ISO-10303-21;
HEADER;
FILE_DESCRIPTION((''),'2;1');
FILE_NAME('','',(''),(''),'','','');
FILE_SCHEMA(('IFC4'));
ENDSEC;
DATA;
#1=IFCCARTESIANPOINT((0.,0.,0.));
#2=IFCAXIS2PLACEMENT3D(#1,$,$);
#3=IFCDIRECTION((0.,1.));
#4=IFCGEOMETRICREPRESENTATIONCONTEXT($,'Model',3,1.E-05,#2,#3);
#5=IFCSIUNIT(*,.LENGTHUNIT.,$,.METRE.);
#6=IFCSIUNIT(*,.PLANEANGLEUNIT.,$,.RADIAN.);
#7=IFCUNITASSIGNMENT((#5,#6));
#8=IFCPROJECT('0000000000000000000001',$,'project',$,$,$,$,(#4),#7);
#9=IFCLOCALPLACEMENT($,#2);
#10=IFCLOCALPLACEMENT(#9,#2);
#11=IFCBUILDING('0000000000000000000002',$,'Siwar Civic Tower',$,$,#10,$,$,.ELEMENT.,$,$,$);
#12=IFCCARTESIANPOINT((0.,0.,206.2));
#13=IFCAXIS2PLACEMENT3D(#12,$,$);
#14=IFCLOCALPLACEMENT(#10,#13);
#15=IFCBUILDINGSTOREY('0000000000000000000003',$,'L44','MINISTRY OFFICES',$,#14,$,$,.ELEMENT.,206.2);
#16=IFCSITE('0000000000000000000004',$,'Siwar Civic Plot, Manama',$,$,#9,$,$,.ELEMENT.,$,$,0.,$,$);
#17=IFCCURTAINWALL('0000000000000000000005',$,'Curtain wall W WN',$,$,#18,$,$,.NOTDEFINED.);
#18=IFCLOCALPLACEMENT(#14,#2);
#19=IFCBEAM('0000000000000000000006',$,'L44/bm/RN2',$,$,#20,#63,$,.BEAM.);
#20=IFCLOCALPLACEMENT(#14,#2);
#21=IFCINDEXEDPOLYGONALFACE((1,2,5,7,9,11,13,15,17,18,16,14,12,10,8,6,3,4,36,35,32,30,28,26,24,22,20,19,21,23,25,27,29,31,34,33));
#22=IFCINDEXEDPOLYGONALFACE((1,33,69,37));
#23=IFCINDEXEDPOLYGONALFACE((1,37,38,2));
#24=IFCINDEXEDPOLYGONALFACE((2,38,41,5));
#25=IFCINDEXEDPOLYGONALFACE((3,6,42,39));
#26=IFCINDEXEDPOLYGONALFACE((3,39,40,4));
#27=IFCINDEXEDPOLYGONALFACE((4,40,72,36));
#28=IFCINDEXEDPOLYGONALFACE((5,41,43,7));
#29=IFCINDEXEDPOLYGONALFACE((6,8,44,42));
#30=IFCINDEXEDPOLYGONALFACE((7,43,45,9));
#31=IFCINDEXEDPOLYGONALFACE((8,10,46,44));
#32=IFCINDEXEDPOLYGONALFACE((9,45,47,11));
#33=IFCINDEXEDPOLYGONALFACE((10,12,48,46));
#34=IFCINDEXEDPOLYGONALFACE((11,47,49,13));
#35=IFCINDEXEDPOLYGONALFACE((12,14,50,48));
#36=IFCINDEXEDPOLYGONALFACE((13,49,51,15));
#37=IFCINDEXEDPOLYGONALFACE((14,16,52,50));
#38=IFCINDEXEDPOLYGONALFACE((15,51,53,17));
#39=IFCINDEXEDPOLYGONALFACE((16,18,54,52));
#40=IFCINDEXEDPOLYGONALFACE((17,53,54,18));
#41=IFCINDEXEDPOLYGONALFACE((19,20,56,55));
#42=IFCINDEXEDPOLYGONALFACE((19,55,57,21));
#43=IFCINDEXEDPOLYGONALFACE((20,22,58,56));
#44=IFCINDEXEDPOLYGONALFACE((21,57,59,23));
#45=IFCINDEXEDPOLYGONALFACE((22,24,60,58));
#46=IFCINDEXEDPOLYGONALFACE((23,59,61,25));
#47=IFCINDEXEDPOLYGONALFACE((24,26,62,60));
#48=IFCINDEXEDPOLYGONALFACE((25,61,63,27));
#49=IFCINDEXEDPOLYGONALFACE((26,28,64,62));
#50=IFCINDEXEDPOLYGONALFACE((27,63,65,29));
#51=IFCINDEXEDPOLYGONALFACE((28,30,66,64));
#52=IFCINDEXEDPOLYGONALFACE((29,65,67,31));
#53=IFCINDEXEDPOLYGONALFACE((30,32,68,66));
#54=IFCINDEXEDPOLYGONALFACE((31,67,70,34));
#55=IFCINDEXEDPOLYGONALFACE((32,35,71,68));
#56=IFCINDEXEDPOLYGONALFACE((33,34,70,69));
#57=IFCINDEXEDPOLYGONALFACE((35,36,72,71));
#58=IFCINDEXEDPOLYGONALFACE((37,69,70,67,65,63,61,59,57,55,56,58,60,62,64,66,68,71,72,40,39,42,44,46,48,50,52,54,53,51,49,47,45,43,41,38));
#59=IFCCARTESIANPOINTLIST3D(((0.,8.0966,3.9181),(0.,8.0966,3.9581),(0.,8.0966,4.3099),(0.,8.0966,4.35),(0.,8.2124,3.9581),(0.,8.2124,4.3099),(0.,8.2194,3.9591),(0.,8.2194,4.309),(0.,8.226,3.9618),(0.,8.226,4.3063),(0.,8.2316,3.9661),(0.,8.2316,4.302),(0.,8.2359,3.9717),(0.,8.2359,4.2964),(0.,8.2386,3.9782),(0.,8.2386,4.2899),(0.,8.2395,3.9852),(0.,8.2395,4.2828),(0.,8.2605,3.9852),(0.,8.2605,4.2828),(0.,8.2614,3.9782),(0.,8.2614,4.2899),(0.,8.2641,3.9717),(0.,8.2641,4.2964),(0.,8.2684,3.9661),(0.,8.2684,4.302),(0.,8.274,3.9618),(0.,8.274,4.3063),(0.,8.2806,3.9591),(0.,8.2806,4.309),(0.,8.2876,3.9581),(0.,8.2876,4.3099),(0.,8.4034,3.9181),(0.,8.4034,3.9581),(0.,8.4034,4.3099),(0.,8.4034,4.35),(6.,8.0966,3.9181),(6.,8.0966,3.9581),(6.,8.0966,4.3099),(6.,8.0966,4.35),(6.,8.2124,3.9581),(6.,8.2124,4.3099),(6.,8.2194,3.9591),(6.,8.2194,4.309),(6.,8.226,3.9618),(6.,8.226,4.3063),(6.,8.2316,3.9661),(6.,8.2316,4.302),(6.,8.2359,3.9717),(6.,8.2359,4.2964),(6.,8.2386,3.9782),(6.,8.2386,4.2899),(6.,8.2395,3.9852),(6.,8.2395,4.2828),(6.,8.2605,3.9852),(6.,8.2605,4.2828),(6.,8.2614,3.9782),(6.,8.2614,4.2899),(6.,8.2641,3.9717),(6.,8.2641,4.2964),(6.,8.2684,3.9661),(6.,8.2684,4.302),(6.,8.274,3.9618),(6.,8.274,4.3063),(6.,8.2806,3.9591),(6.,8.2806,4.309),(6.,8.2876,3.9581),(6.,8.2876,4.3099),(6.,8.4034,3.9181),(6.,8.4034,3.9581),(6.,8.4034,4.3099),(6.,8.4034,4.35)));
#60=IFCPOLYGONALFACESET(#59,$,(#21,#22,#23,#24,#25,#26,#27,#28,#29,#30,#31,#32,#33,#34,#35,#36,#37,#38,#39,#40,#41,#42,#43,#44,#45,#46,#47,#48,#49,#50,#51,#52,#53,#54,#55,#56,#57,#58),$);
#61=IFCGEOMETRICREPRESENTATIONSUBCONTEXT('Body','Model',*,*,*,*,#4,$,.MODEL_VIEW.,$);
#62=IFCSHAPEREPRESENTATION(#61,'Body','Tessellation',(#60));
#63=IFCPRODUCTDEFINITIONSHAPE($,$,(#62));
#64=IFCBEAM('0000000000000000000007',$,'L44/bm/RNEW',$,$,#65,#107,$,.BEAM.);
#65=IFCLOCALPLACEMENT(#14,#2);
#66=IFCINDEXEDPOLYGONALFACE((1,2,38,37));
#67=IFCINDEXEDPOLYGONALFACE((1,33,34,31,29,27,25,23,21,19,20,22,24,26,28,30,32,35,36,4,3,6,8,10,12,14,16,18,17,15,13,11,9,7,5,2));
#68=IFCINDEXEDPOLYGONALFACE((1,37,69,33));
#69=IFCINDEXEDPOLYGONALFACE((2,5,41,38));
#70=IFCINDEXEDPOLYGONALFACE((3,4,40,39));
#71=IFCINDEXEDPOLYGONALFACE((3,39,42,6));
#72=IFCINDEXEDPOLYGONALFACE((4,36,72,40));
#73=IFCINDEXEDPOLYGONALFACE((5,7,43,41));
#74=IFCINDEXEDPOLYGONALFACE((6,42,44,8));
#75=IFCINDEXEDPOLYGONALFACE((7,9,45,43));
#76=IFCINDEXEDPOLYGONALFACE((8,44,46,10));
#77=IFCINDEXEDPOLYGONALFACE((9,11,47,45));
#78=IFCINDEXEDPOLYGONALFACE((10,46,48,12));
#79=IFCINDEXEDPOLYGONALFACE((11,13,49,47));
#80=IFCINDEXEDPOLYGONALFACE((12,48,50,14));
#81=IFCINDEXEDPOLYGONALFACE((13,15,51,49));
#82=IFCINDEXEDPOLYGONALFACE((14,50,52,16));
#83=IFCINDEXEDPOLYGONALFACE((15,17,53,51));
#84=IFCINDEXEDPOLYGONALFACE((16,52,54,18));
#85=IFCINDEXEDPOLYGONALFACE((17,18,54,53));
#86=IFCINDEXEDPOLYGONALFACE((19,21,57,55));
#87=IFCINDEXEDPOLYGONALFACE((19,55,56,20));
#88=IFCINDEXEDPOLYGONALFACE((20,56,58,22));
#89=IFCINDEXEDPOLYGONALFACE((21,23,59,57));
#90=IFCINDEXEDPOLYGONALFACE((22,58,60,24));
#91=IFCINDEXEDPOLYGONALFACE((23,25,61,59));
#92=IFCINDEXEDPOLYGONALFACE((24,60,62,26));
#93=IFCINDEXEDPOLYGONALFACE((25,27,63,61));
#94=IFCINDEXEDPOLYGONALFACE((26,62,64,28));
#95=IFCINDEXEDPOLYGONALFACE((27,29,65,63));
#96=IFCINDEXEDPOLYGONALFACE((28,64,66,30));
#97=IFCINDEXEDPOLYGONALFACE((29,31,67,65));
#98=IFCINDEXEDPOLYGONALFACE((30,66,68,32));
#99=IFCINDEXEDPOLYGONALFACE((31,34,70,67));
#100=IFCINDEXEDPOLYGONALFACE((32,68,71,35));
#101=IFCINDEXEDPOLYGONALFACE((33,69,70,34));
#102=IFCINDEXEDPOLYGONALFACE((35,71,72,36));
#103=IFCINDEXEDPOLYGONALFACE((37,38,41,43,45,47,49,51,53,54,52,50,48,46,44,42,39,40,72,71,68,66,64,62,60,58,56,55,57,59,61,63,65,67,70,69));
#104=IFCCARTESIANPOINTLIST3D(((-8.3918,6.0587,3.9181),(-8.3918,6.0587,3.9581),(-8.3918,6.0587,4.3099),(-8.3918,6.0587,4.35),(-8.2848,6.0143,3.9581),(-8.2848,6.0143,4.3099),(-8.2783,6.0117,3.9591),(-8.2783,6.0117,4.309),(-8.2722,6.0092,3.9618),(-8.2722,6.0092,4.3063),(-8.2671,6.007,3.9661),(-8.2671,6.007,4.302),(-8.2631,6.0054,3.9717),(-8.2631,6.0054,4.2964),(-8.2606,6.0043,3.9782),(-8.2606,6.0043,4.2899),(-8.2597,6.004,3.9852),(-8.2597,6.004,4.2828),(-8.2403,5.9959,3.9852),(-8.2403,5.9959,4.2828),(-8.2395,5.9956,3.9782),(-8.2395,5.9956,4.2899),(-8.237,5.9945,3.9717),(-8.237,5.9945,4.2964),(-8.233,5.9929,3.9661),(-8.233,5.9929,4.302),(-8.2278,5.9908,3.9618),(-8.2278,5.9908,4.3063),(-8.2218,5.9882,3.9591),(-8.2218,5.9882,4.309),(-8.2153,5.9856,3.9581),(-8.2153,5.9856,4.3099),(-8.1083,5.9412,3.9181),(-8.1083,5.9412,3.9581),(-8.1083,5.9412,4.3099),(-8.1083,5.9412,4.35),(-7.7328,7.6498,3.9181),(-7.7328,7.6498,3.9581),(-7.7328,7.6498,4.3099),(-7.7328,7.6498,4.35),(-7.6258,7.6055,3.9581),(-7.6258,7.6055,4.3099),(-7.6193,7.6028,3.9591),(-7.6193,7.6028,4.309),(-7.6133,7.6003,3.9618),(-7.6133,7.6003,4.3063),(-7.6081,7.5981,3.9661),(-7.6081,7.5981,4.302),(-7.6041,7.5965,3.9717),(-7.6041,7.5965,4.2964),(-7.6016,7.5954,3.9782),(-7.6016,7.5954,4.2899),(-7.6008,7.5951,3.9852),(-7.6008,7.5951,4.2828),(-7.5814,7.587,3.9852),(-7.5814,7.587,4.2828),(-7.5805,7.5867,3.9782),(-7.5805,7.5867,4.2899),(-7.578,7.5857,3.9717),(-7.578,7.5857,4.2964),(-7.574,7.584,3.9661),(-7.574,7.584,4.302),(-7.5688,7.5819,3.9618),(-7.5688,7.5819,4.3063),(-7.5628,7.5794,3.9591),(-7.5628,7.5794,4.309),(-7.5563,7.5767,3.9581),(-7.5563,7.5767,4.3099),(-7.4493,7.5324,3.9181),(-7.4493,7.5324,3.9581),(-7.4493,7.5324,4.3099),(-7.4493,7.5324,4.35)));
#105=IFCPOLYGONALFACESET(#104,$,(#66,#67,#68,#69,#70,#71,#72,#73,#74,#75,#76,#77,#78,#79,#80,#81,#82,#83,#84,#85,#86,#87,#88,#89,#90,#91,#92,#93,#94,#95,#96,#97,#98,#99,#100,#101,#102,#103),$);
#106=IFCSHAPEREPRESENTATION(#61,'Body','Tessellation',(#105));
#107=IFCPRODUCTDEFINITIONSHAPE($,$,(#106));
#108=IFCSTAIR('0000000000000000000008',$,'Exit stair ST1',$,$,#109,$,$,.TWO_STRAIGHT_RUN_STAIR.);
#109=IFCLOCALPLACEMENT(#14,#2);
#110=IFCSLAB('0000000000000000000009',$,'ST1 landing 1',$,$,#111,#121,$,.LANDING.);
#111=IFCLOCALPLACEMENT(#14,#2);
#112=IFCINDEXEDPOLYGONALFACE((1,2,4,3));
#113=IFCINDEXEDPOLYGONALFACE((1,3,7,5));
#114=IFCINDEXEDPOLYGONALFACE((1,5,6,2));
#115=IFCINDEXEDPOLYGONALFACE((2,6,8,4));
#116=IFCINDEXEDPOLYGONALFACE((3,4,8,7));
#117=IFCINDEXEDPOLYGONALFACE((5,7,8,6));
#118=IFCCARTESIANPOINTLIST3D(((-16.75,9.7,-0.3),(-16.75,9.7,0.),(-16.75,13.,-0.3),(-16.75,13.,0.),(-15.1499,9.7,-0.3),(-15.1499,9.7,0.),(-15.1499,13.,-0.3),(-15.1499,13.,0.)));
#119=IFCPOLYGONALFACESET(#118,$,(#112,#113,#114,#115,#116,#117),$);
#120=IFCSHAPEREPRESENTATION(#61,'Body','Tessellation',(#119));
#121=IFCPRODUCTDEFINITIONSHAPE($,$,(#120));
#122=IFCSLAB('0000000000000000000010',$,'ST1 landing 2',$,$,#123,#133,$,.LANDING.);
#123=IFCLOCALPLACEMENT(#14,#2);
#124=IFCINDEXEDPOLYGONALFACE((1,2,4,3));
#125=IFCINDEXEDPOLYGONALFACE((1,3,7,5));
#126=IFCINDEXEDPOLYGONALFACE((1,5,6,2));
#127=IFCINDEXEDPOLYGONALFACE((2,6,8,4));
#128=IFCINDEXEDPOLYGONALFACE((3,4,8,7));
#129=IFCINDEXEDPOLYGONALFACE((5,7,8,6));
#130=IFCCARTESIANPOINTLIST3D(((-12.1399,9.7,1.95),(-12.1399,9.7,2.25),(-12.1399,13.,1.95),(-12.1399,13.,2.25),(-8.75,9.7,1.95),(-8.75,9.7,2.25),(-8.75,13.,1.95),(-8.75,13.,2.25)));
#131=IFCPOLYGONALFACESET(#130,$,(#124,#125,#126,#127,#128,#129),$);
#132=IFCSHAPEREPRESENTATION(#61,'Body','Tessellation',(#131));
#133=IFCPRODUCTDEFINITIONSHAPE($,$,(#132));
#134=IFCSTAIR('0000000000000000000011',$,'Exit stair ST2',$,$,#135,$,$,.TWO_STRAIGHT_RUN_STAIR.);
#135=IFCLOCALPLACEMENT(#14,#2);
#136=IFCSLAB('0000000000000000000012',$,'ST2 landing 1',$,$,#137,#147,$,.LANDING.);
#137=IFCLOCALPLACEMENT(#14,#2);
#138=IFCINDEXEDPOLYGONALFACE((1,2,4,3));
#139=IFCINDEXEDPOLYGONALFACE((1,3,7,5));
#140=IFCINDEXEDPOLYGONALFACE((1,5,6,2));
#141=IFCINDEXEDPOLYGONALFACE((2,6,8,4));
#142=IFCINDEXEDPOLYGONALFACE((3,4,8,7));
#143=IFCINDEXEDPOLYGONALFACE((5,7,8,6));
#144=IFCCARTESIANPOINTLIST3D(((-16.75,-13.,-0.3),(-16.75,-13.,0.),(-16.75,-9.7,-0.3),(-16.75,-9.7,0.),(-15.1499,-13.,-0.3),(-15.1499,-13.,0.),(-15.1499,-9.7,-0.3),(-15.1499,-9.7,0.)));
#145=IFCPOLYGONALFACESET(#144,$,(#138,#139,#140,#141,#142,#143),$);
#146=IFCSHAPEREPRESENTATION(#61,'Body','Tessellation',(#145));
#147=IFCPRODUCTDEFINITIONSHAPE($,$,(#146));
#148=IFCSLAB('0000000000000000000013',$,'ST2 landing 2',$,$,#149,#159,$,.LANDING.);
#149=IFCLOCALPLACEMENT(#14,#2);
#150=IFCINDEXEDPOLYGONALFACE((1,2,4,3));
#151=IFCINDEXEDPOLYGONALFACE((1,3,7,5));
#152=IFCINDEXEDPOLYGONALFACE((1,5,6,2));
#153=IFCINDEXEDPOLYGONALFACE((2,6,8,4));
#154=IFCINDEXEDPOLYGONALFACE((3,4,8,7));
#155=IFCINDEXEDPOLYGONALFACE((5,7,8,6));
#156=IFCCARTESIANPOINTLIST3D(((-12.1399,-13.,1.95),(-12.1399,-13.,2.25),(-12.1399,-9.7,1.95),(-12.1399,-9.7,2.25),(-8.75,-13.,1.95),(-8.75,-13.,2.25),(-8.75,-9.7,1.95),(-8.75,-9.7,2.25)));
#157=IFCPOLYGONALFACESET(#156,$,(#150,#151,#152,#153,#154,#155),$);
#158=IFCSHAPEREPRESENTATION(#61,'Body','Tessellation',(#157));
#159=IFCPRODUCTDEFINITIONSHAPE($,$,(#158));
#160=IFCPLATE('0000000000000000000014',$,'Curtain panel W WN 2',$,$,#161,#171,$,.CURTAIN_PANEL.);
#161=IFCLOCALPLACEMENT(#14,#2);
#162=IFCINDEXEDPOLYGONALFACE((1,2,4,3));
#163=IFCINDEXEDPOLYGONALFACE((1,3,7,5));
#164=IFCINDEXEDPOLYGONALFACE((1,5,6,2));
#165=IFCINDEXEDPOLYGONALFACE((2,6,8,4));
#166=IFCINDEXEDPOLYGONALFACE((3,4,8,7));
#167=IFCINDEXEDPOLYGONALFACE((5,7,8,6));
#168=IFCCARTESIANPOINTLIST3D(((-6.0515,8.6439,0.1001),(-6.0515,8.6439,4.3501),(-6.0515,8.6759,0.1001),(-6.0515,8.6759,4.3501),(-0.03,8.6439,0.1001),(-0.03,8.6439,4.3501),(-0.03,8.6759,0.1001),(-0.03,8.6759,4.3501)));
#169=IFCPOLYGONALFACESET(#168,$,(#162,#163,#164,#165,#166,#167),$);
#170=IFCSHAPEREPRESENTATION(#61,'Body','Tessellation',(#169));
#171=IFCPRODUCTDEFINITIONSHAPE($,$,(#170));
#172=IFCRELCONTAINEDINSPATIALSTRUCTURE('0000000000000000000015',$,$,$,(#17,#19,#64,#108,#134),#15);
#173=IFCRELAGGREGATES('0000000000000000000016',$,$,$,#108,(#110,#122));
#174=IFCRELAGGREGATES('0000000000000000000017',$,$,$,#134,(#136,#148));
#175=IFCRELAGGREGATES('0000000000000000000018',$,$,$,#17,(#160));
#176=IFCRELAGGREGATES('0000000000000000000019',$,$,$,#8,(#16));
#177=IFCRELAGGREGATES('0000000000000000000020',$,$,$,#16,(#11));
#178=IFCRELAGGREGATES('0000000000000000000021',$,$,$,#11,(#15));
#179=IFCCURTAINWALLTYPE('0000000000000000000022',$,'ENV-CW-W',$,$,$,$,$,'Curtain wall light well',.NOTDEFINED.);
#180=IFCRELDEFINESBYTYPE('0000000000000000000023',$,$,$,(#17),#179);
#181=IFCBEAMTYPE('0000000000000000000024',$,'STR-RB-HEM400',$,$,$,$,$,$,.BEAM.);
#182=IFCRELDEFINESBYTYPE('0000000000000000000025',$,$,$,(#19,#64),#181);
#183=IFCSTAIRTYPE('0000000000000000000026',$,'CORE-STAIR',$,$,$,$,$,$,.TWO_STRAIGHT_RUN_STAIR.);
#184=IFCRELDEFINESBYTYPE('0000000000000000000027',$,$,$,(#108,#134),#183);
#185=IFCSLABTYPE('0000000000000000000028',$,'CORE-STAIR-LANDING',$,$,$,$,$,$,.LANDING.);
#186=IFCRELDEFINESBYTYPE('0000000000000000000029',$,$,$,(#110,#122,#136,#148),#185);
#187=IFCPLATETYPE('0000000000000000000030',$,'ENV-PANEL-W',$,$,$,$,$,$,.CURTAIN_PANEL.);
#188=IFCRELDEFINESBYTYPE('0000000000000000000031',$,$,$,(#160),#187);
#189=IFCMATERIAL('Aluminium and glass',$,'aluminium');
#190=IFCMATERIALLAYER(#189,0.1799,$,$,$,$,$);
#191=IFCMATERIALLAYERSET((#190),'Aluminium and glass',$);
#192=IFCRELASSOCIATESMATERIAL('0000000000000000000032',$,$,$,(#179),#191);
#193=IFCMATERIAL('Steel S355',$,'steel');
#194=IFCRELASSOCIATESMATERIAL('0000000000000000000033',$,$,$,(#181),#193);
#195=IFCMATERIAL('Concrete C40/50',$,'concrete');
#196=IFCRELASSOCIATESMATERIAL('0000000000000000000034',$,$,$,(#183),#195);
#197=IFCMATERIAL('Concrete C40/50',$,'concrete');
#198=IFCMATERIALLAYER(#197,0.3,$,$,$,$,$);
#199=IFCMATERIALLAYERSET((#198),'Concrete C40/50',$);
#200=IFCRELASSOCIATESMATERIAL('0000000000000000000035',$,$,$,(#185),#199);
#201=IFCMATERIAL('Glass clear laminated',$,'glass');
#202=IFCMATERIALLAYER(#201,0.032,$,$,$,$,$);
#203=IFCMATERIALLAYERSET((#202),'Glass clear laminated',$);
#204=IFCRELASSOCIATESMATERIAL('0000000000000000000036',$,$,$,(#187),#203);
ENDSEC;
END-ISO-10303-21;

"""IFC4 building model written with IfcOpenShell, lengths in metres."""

from ifc_helpers import new_model, si_unit, direction, frame, origin, origin_2d, place, context, subcontext, project, spatial, polyline, rectangle, i_section, outline, extrude, material, layer, layer_set, material_profile, profile_set, type_object, element, aggregate, save


model = new_model("IFC4")

# Units and contexts
model_context = context("Model", 3, precision=1e-05, world=origin(), true_north=direction((0.0, 1.0)))
body_context = subcontext(model_context, "Body", "Model", "MODEL_VIEW")
ifc_project = project(units=[si_unit("LENGTHUNIT", "METRE"), si_unit("PLANEANGLEUNIT", "RADIAN")], contexts=[model_context])

# Site, building, storey
site_placement = place(None, origin())
site = spatial("IfcSite", under=ifc_project, at=site_placement, Name="Siwar Civic Plot, Manama", CompositionType="ELEMENT", RefElevation=0.0)
building_placement = place(site_placement, origin())
building = spatial("IfcBuilding", under=site, at=building_placement, Name="Siwar Civic Tower", CompositionType="ELEMENT")
storey_placement = place(building_placement, frame((0.0, 0.0, 206.2)))
storey = spatial("IfcBuildingStorey", under=building, at=storey_placement, Name="L44", Description="MINISTRY OFFICES", CompositionType="ELEMENT", Elevation=206.2)

# Curtain wall
ifc_material_1 = material(Name="Aluminium and glass", Category="aluminium")
ifc_layer_1 = layer(ifc_material_1, 0.1799)
ifc_layer_set_1 = layer_set([ifc_layer_1], Name="Aluminium and glass")
curtain_wall_type = type_object("IfcCurtainWallType", Name="ENV-CW-W", ElementType="Curtain wall light well", PredefinedType="NOTDEFINED", material=ifc_layer_set_1)
curtain_wall_placement = place(storey_placement, origin())
curtain_wall = element("IfcCurtainWall", 1, at=curtain_wall_placement, inside=storey, type_object=curtain_wall_type, Name="Curtain wall W WN", PredefinedType="NOTDEFINED")

# Beams
ifc_material_2 = material(Name="Steel S355", Category="steel")
ifc_material_profile_1 = material_profile(ifc_material_2, i_section(OverallWidth=0.3069, OverallDepth=0.4319, WebThickness=0.021, FlangeThickness=0.04, FilletRadius=0.0271, at=origin_2d()), Name="HEM400")
ifc_profile_set_1 = profile_set([ifc_material_profile_1], Name="Steel S355")
beam_type_1 = type_object("IfcBeamType", Name="STR-RB-HEM400", PredefinedType="BEAM", material=ifc_profile_set_1)
for number, where, z_axis, x_axis, name in (
    (2, (0.0, 8.25, 4.134), (1.0, 0.0, 0.0), (0.0, 1.0, 0.0), "L44/bm/RN2"),
):
    element("IfcBeam", number, at=place(storey_placement, frame(where, z_axis=z_axis, x_axis=x_axis)), inside=storey, type_object=beam_type_1, Name=name, PredefinedType="BEAM", context=body_context, shape_type="SweptSolid", body=[
        extrude(i_section(OverallWidth=0.3069, OverallDepth=0.4319, WebThickness=0.021, FlangeThickness=0.04, FilletRadius=0.0271, at=origin_2d()), origin(), (0.0, 0.0, 1.0), 6.0),
    ])
beam_1_placement = place(storey_placement, frame((-7.5911, 7.5911, 4.134), z_axis=(-0.382631, -0.923901, 0.0), x_axis=(0.923901, -0.382631, 0.0)))
element("IfcBeam", 3, at=beam_1_placement, inside=storey, type_object=beam_type_1, Name="L44/bm/RNEW", PredefinedType="BEAM", context=body_context, shape_type="SweptSolid", body=[
    extrude(i_section(OverallWidth=0.3069, OverallDepth=0.4319, WebThickness=0.021, FlangeThickness=0.04, FilletRadius=0.0271, at=origin_2d()), origin(), (0.0, 0.0, 1.0), 1.7222),
])

# Stairs, slabs
ifc_material_3 = material(Name="Concrete C40/50", Category="concrete")
stair_type = type_object("IfcStairType", Name="CORE-STAIR", PredefinedType="TWO_STRAIGHT_RUN_STAIR", material=ifc_material_3)
stair_1_placement = place(storey_placement, origin())
stair_1 = element("IfcStair", 4, at=stair_1_placement, inside=storey, type_object=stair_type, Name="Exit stair ST1", PredefinedType="TWO_STRAIGHT_RUN_STAIR")
ifc_material_4 = material(Name="Concrete C40/50", Category="concrete")
ifc_layer_2 = layer(ifc_material_4, 0.3)
ifc_layer_set_2 = layer_set([ifc_layer_2], Name="Concrete C40/50")
slab_type_1 = type_object("IfcSlabType", Name="CORE-STAIR-LANDING", PredefinedType="LANDING", material=ifc_layer_set_2)
slab_1_placement = place(storey_placement, frame((0.0, 0.0, -0.3)))
slab_1 = element("IfcSlab", 5, at=slab_1_placement, type_object=slab_type_1, Name="ST1 landing 1", PredefinedType="LANDING", context=body_context, shape_type="SweptSolid", body=[
    extrude(outline(polyline([(-15.1499, 13.0), (-16.75, 13.0), (-16.75, 9.7), (-15.1499, 9.7), (-15.1499, 13.0)])), origin(), (0.0, 0.0, 1.0), 0.3),
])
slab_2_placement = place(storey_placement, frame((0.0, 0.0, 1.95)))
slab_2 = element("IfcSlab", 6, at=slab_2_placement, type_object=slab_type_1, Name="ST1 landing 2", PredefinedType="LANDING", context=body_context, shape_type="SweptSolid", body=[
    extrude(outline(polyline([(-8.75, 13.0), (-12.1399, 13.0), (-12.1399, 9.7), (-8.75, 9.7), (-8.75, 13.0)])), origin(), (0.0, 0.0, 1.0), 0.3),
])
aggregate(stair_1, [slab_1, slab_2])
stair_2_placement = place(storey_placement, origin())
stair_2 = element("IfcStair", 7, at=stair_2_placement, inside=storey, type_object=stair_type, Name="Exit stair ST2", PredefinedType="TWO_STRAIGHT_RUN_STAIR")
slab_3_placement = place(storey_placement, frame((0.0, 0.0, -0.3)))
slab_3 = element("IfcSlab", 8, at=slab_3_placement, type_object=slab_type_1, Name="ST2 landing 1", PredefinedType="LANDING", context=body_context, shape_type="SweptSolid", body=[
    extrude(outline(polyline([(-15.1499, -9.7), (-16.75, -9.7), (-16.75, -13.0), (-15.1499, -13.0), (-15.1499, -9.7)])), origin(), (0.0, 0.0, 1.0), 0.3),
])
slab_4_placement = place(storey_placement, frame((0.0, 0.0, 1.95)))
slab_4 = element("IfcSlab", 9, at=slab_4_placement, type_object=slab_type_1, Name="ST2 landing 2", PredefinedType="LANDING", context=body_context, shape_type="SweptSolid", body=[
    extrude(outline(polyline([(-8.75, -9.7), (-12.1399, -9.7), (-12.1399, -13.0), (-8.75, -13.0), (-8.75, -9.7)])), origin(), (0.0, 0.0, 1.0), 0.3),
])
aggregate(stair_2, [slab_3, slab_4])

# Plate
ifc_material_5 = material(Name="Glass clear laminated", Category="glass")
ifc_layer_3 = layer(ifc_material_5, 0.032)
ifc_layer_set_3 = layer_set([ifc_layer_3], Name="Glass clear laminated")
plate_type = type_object("IfcPlateType", Name="ENV-PANEL-W", PredefinedType="CURTAIN_PANEL", material=ifc_layer_set_3)
plate_placement = place(storey_placement, frame((-3.0408, 8.6599, 0.1001), z_axis=(0.0, 0.0, 1.0), x_axis=(-1.0, 0.0, 0.0)))
plate = element("IfcPlate", 10, at=plate_placement, type_object=plate_type, Name="Curtain panel W WN 2", PredefinedType="CURTAIN_PANEL", context=body_context, shape_type="SweptSolid", body=[
    extrude(rectangle(XDim=6.0215, YDim=0.032, at=origin_2d()), origin(), (0.0, 0.0, 1.0), 4.25),
])
aggregate(curtain_wall, [plate])

save(model, "model.ifc")
